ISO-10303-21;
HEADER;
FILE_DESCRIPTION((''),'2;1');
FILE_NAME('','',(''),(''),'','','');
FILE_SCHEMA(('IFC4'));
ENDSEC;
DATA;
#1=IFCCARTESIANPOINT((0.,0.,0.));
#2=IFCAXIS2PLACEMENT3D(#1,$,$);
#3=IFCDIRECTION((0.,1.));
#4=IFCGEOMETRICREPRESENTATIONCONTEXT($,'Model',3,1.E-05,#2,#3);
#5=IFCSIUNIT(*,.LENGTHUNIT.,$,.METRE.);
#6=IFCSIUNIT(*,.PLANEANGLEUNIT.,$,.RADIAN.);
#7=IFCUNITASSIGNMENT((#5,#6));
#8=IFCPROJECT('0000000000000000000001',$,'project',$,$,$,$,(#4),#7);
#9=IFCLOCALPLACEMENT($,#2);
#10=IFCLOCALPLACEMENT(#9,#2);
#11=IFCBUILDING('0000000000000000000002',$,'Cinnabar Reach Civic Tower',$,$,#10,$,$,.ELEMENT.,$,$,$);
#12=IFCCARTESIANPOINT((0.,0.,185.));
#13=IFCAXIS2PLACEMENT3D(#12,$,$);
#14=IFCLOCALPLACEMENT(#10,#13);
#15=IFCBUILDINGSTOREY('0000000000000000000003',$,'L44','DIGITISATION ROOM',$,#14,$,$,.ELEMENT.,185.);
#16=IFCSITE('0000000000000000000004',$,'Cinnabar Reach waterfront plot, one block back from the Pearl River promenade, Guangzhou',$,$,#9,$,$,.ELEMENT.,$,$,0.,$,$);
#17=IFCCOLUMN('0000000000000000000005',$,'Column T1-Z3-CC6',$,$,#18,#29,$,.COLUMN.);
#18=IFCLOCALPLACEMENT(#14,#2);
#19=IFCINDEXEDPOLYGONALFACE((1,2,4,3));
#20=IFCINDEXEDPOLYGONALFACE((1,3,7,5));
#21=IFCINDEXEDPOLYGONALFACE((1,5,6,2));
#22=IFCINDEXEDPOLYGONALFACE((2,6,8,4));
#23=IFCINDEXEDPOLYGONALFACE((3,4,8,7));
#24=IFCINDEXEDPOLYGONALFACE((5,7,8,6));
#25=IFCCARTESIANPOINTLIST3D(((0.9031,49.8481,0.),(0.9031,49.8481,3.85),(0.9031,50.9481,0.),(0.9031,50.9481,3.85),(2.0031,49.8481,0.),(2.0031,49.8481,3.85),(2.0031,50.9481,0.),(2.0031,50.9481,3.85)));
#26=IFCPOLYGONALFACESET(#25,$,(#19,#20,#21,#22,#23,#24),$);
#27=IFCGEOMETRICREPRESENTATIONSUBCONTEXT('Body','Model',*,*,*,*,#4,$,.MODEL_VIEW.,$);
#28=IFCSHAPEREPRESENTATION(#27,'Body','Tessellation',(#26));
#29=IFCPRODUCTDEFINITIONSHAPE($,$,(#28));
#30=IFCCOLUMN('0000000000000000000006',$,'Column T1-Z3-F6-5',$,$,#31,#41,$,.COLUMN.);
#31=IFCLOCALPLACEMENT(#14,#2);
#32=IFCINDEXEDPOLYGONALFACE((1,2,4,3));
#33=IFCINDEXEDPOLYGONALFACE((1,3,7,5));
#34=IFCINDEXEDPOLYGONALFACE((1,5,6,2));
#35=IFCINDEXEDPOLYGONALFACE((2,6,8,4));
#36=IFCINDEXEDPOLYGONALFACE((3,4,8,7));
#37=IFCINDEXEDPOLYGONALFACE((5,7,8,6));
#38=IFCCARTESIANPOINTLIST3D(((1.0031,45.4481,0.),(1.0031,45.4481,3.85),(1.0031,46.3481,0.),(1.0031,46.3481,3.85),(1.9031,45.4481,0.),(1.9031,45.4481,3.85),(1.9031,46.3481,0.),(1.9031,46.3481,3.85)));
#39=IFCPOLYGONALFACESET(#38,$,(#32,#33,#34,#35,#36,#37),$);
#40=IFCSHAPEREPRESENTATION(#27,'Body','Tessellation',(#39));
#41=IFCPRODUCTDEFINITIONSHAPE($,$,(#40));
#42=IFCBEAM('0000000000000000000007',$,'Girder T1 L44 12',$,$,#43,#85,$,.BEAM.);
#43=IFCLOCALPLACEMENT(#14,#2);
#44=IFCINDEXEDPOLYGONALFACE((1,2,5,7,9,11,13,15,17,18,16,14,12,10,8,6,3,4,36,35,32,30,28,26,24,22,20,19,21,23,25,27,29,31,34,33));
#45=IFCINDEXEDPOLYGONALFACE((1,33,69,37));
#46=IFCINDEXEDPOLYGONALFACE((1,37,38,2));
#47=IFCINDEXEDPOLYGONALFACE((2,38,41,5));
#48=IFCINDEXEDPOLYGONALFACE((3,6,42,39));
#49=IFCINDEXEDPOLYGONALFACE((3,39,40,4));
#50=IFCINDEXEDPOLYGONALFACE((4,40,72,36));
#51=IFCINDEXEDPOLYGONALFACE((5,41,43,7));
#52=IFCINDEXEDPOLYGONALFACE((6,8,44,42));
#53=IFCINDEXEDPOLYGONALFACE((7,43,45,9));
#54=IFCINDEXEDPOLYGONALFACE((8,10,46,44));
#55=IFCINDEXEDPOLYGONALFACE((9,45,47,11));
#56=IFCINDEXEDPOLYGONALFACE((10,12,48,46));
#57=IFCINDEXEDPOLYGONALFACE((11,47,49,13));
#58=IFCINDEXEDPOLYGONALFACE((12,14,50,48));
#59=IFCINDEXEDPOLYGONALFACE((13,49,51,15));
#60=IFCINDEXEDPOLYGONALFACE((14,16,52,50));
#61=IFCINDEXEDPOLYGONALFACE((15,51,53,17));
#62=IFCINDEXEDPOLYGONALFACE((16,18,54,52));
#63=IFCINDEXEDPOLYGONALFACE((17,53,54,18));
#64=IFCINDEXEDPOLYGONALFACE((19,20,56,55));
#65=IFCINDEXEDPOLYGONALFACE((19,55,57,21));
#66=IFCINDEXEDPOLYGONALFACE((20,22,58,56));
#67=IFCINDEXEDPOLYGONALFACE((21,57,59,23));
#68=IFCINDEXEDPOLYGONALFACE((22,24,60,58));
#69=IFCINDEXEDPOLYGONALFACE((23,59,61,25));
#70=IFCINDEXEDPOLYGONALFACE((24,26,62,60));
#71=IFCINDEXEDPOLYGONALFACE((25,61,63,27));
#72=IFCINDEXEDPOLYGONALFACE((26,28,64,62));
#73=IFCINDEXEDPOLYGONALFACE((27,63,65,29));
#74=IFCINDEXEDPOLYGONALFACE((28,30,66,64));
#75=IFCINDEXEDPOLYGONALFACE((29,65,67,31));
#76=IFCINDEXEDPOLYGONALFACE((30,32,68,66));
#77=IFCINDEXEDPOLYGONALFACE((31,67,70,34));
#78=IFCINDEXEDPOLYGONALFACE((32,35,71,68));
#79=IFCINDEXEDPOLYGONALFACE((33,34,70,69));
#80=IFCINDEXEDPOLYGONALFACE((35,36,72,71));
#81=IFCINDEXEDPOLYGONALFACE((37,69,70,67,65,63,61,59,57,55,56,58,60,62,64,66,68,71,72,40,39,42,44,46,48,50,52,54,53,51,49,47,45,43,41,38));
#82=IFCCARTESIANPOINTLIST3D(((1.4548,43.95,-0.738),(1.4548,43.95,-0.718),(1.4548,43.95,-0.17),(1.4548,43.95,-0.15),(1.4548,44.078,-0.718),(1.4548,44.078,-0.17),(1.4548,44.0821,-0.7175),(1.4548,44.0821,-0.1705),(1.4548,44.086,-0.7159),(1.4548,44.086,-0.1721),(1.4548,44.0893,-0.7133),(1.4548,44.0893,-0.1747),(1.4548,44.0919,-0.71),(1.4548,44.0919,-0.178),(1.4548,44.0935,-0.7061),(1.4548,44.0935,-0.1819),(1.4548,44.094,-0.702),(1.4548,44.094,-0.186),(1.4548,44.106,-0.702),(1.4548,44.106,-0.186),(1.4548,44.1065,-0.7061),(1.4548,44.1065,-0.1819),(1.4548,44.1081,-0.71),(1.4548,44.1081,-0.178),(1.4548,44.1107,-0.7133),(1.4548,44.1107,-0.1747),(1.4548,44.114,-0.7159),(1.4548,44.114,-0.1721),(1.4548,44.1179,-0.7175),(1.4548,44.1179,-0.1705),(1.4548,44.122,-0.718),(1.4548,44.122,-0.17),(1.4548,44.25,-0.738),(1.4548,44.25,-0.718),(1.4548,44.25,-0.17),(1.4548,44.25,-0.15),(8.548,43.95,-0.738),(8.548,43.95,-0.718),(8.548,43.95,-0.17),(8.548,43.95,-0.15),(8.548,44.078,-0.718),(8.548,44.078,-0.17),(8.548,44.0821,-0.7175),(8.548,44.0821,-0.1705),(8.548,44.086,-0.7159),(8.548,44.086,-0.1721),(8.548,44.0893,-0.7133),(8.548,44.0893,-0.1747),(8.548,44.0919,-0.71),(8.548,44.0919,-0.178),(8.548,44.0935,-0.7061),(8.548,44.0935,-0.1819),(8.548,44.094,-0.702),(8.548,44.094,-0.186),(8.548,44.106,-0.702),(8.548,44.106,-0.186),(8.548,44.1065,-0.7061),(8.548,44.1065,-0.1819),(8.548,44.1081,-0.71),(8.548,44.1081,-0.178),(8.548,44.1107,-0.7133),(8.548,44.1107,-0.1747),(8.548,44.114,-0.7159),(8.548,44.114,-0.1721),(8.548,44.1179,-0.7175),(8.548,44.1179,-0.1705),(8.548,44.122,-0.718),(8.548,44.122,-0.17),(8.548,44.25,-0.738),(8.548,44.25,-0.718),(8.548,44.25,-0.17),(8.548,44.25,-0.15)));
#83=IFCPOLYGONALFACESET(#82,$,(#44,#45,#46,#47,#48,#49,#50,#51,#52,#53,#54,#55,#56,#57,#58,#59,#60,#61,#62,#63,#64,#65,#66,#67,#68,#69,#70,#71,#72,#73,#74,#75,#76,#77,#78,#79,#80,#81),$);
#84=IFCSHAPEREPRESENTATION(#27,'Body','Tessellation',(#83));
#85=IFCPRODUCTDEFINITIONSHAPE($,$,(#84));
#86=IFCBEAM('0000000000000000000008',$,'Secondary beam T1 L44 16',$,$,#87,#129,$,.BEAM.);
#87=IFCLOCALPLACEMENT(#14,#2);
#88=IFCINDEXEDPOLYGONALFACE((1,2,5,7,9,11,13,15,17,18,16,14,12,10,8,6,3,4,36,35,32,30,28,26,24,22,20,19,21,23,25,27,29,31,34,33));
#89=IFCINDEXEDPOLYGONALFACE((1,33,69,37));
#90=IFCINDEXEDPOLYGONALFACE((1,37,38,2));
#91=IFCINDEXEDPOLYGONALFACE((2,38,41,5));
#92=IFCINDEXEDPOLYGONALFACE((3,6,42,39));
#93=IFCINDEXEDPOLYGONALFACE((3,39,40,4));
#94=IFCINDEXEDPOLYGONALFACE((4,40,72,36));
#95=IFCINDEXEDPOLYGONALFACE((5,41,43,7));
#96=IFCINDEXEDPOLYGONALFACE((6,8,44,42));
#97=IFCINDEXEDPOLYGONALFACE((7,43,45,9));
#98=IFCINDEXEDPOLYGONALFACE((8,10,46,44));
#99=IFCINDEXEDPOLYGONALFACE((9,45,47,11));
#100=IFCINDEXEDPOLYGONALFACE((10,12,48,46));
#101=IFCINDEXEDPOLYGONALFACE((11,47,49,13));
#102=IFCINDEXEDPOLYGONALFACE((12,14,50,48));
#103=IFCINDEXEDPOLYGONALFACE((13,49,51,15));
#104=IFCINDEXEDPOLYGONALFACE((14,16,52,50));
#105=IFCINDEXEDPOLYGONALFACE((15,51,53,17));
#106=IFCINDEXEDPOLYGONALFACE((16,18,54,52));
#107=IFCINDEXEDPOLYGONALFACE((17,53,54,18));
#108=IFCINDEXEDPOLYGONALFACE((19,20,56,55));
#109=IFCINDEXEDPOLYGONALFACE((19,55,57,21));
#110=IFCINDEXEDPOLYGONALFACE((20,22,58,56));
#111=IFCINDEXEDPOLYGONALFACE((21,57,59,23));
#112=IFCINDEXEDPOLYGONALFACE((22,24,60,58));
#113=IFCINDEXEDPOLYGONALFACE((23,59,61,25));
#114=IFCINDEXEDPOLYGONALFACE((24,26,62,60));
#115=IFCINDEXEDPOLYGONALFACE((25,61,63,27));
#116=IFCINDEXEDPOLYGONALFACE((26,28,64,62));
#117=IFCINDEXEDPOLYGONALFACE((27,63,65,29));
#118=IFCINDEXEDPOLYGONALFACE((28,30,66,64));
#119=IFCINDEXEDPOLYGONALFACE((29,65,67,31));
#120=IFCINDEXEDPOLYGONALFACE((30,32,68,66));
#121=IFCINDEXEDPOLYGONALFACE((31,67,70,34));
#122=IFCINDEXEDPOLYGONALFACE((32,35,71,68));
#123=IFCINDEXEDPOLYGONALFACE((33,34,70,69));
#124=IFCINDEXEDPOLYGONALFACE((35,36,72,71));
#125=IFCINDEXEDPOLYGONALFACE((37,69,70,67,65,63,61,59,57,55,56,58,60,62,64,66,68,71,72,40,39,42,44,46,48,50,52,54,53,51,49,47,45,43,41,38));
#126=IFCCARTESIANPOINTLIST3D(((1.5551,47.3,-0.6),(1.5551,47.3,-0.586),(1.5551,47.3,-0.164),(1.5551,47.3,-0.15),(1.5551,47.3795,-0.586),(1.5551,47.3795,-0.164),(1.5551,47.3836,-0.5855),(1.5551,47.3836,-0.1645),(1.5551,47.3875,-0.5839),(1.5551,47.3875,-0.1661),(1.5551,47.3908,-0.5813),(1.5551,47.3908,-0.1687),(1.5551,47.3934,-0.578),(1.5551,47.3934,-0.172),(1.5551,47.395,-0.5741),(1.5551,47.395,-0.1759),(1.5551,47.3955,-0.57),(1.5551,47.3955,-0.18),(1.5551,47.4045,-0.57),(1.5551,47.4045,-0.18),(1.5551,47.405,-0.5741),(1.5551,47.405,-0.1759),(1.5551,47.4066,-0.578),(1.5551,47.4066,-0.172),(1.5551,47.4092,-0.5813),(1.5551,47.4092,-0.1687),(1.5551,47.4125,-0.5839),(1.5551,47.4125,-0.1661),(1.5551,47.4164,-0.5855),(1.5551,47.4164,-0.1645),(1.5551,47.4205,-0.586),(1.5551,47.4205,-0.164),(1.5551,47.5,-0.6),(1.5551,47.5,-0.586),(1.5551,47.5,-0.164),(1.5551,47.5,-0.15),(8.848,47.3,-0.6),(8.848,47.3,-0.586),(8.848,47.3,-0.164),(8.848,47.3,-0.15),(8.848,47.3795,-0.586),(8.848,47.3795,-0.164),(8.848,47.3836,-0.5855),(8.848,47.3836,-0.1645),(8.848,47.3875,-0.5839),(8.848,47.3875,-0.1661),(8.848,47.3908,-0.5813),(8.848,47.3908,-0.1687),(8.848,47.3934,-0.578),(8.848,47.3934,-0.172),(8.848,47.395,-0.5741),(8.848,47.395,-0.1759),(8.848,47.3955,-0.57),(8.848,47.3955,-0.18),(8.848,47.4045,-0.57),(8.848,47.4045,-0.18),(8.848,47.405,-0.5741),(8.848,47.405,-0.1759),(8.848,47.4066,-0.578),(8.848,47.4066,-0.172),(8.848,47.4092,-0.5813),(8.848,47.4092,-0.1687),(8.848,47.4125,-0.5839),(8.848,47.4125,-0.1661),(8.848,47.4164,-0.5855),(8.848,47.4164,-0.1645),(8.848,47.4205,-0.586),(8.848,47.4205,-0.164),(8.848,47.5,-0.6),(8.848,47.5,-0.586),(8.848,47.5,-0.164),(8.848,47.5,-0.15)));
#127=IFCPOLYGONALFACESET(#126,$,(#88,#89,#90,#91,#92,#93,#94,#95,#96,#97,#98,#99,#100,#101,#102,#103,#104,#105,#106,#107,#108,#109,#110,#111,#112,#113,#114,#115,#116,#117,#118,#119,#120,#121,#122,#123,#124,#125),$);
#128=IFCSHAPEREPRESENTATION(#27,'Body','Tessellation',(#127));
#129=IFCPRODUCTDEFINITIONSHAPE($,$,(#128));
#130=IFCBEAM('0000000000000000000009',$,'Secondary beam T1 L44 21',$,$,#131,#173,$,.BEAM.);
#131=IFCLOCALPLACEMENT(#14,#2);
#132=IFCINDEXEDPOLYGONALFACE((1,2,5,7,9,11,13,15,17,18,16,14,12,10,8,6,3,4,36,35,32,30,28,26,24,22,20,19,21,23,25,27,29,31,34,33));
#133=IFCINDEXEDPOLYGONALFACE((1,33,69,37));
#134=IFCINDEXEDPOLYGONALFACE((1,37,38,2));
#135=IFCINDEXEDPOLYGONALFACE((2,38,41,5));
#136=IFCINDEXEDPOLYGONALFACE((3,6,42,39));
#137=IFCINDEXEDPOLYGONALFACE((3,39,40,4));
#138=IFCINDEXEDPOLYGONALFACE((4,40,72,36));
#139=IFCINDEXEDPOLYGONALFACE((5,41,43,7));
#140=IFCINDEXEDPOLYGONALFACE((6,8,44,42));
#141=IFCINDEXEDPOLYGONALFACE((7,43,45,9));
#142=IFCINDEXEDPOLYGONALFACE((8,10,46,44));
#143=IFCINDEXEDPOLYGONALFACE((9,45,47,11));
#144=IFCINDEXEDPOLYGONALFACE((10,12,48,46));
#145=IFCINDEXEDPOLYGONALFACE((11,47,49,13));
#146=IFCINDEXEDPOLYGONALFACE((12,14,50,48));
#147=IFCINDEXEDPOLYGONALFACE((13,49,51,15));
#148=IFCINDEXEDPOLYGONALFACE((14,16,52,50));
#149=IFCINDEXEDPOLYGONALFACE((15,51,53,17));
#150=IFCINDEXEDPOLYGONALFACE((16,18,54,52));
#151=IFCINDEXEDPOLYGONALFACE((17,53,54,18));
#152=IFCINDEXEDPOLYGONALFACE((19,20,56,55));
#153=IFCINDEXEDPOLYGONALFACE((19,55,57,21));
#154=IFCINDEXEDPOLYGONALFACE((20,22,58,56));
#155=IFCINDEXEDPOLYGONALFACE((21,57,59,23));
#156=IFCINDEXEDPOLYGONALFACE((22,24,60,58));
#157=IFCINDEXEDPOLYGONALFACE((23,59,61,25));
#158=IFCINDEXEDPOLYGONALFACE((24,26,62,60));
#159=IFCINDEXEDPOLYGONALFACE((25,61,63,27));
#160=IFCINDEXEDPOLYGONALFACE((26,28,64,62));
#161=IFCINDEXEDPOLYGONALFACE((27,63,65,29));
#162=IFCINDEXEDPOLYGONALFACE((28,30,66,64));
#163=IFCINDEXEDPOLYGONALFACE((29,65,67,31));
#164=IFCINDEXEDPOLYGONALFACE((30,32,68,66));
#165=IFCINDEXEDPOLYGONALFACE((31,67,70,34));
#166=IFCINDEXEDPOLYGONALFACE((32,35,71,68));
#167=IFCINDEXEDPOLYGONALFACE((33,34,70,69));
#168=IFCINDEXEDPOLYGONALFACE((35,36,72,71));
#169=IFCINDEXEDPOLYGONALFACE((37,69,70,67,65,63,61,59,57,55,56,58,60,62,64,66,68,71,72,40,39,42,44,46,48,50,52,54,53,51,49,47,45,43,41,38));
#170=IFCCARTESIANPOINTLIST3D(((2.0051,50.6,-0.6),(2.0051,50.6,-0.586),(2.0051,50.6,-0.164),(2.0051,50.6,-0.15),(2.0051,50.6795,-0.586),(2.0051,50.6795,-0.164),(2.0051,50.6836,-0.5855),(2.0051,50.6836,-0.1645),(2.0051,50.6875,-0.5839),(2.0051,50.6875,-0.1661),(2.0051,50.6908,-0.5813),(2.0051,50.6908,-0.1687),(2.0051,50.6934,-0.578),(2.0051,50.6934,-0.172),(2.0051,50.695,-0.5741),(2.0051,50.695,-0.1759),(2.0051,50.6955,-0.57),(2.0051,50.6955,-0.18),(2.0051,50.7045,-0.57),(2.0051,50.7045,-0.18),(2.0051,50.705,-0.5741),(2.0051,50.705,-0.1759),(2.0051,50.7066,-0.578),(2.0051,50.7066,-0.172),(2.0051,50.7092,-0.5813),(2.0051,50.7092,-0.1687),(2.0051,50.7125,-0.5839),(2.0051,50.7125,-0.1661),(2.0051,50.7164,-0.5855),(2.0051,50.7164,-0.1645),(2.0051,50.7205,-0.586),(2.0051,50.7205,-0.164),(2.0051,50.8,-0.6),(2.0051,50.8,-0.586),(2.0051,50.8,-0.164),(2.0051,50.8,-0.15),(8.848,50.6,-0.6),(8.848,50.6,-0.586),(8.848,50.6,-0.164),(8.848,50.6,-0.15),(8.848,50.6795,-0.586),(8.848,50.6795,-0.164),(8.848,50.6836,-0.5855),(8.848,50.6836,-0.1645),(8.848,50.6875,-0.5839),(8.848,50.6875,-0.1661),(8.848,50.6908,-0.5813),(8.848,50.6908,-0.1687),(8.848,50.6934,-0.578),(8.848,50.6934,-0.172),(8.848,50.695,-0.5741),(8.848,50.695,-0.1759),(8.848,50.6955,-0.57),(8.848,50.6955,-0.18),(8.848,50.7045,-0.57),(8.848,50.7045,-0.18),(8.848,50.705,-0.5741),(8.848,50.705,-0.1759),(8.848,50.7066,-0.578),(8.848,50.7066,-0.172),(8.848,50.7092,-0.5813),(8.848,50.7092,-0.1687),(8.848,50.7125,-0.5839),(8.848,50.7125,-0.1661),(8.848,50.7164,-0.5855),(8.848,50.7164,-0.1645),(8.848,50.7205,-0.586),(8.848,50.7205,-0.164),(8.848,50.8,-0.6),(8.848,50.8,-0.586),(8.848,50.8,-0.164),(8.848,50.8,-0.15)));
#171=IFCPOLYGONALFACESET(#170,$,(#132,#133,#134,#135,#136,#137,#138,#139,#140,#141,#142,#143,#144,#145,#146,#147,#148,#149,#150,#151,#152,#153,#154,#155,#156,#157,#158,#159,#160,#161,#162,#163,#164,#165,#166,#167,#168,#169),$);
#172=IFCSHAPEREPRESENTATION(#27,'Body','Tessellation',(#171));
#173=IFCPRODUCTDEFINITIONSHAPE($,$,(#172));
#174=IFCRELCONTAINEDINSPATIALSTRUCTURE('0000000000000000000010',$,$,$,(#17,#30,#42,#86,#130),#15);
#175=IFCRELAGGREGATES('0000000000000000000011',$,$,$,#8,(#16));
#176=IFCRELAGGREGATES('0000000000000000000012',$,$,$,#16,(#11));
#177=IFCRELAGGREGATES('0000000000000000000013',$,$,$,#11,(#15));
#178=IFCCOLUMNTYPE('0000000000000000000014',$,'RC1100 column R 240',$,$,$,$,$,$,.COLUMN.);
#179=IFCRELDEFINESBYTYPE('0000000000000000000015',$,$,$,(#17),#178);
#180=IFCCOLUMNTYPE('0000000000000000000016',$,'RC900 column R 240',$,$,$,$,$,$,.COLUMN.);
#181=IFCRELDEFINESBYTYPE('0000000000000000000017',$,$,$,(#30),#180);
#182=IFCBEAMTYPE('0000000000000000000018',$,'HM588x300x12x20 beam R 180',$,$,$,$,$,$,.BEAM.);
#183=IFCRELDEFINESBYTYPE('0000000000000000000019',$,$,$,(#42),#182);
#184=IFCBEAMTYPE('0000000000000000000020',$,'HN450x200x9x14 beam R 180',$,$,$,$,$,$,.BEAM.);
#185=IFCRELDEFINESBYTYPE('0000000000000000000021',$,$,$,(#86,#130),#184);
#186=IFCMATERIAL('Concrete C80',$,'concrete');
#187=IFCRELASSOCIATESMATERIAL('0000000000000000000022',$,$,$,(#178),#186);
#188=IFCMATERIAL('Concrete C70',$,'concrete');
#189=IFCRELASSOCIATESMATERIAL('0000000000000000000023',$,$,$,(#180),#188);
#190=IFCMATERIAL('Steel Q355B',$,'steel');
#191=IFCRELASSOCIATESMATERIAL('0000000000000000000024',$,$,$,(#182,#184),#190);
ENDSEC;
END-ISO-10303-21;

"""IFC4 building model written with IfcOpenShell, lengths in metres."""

from ifc_helpers import new_model, si_unit, direction, frame, origin, origin_2d, place, context, subcontext, project, spatial, rectangle, i_section, extrude, material, material_profile, profile_set, type_object, element, save


model = new_model("IFC4")

# Units and contexts
model_context = context("Model", 3, precision=1e-05, world=origin(), true_north=direction((0.0, 1.0)))
body_context = subcontext(model_context, "Body", "Model", "MODEL_VIEW")
ifc_project = project(units=[si_unit("LENGTHUNIT", "METRE"), si_unit("PLANEANGLEUNIT", "RADIAN")], contexts=[model_context])

# Site, building, storey
site_placement = place(None, origin())
site = spatial("IfcSite", under=ifc_project, at=site_placement, Name="Cinnabar Reach waterfront plot, one block back from the Pearl River promenade, Guangzhou", CompositionType="ELEMENT", RefElevation=0.0)
building_placement = place(site_placement, origin())
building = spatial("IfcBuilding", under=site, at=building_placement, Name="Cinnabar Reach Civic Tower", CompositionType="ELEMENT")
storey_placement = place(building_placement, frame((0.0, 0.0, 185.0)))
storey = spatial("IfcBuildingStorey", under=building, at=storey_placement, Name="L44", Description="DIGITISATION ROOM", CompositionType="ELEMENT", Elevation=185.0)

# Columns
ifc_material_1 = material(Name="Concrete C80", Category="concrete")
ifc_material_profile_1 = material_profile(ifc_material_1, rectangle(XDim=1.1, YDim=1.1, at=origin_2d()), Name="RC1100")
ifc_profile_set_1 = profile_set([ifc_material_profile_1], Name="Concrete C80")
column_type_1 = type_object("IfcColumnType", Name="RC1100 column R 240", PredefinedType="COLUMN", material=ifc_profile_set_1)
column_1_placement = place(storey_placement, frame((1.4531, 50.3981, 0.0), z_axis=(0.0, 0.0, 1.0), x_axis=(1.0, 0.0, 0.0)))
element("IfcColumn", 1, at=column_1_placement, inside=storey, type_object=column_type_1, Name="Column T1-Z3-CC6", PredefinedType="COLUMN", context=body_context, shape_type="SweptSolid", body=[
    extrude(rectangle(XDim=1.1, YDim=1.1, at=origin_2d()), origin(), (0.0, 0.0, 1.0), 3.85),
])
ifc_material_2 = material(Name="Concrete C70", Category="concrete")
ifc_material_profile_2 = material_profile(ifc_material_2, rectangle(XDim=0.9, YDim=0.9, at=origin_2d()), Name="RC900")
ifc_profile_set_2 = profile_set([ifc_material_profile_2], Name="Concrete C70")
column_type_2 = type_object("IfcColumnType", Name="RC900 column R 240", PredefinedType="COLUMN", material=ifc_profile_set_2)
column_2_placement = place(storey_placement, frame((1.4531, 45.8981, 0.0), z_axis=(0.0, 0.0, 1.0), x_axis=(1.0, 0.0, 0.0)))
element("IfcColumn", 2, at=column_2_placement, inside=storey, type_object=column_type_2, Name="Column T1-Z3-F6-5", PredefinedType="COLUMN", context=body_context, shape_type="SweptSolid", body=[
    extrude(rectangle(XDim=0.9, YDim=0.9, at=origin_2d()), origin(), (0.0, 0.0, 1.0), 3.85),
])

# Beams
ifc_material_3 = material(Name="Steel Q355B", Category="steel")
ifc_material_profile_3 = material_profile(ifc_material_3, i_section(OverallWidth=0.3, OverallDepth=0.588, WebThickness=0.012, FlangeThickness=0.02, FilletRadius=0.016, at=origin_2d()), Name="HM588x300x12x20")
ifc_profile_set_3 = profile_set([ifc_material_profile_3], Name="Steel Q355B")
beam_type_1 = type_object("IfcBeamType", Name="HM588x300x12x20 beam R 180", PredefinedType="BEAM", material=ifc_profile_set_3)
beam_1_placement = place(storey_placement, frame((1.4548, 44.1, -0.444), z_axis=(1.0, 0.0, 0.0), x_axis=(0.0, 1.0, 0.0)))
element("IfcBeam", 3, at=beam_1_placement, inside=storey, type_object=beam_type_1, Name="Girder T1 L44 12", PredefinedType="BEAM", context=body_context, shape_type="SweptSolid", body=[
    extrude(i_section(OverallWidth=0.3, OverallDepth=0.588, WebThickness=0.012, FlangeThickness=0.02, FilletRadius=0.016, at=origin_2d()), origin(), (0.0, 0.0, 1.0), 7.0932),
])
ifc_material_profile_4 = material_profile(ifc_material_3, i_section(OverallWidth=0.2, OverallDepth=0.45, WebThickness=0.009, FlangeThickness=0.014, FilletRadius=0.016, at=origin_2d()), Name="HN450x200x9x14")
ifc_profile_set_4 = profile_set([ifc_material_profile_4], Name="Steel Q355B")
beam_type_2 = type_object("IfcBeamType", Name="HN450x200x9x14 beam R 180", PredefinedType="BEAM", material=ifc_profile_set_4)
beam_2_placement = place(storey_placement, frame((1.5551, 47.4, -0.375), z_axis=(1.0, 0.0, 0.0), x_axis=(0.0, 1.0, 0.0)))
element("IfcBeam", 4, at=beam_2_placement, inside=storey, type_object=beam_type_2, Name="Secondary beam T1 L44 16", PredefinedType="BEAM", context=body_context, shape_type="SweptSolid", body=[
    extrude(i_section(OverallWidth=0.2, OverallDepth=0.45, WebThickness=0.009, FlangeThickness=0.014, FilletRadius=0.016, at=origin_2d()), origin(), (0.0, 0.0, 1.0), 7.2929),
])
beam_3_placement = place(storey_placement, frame((2.0051, 50.7, -0.375), z_axis=(1.0, 0.0, 0.0), x_axis=(0.0, 1.0, 0.0)))
element("IfcBeam", 5, at=beam_3_placement, inside=storey, type_object=beam_type_2, Name="Secondary beam T1 L44 21", PredefinedType="BEAM", context=body_context, shape_type="SweptSolid", body=[
    extrude(i_section(OverallWidth=0.2, OverallDepth=0.45, WebThickness=0.009, FlangeThickness=0.014, FilletRadius=0.016, at=origin_2d()), origin(), (0.0, 0.0, 1.0), 6.8429),
])

save(model, "model.ifc")
